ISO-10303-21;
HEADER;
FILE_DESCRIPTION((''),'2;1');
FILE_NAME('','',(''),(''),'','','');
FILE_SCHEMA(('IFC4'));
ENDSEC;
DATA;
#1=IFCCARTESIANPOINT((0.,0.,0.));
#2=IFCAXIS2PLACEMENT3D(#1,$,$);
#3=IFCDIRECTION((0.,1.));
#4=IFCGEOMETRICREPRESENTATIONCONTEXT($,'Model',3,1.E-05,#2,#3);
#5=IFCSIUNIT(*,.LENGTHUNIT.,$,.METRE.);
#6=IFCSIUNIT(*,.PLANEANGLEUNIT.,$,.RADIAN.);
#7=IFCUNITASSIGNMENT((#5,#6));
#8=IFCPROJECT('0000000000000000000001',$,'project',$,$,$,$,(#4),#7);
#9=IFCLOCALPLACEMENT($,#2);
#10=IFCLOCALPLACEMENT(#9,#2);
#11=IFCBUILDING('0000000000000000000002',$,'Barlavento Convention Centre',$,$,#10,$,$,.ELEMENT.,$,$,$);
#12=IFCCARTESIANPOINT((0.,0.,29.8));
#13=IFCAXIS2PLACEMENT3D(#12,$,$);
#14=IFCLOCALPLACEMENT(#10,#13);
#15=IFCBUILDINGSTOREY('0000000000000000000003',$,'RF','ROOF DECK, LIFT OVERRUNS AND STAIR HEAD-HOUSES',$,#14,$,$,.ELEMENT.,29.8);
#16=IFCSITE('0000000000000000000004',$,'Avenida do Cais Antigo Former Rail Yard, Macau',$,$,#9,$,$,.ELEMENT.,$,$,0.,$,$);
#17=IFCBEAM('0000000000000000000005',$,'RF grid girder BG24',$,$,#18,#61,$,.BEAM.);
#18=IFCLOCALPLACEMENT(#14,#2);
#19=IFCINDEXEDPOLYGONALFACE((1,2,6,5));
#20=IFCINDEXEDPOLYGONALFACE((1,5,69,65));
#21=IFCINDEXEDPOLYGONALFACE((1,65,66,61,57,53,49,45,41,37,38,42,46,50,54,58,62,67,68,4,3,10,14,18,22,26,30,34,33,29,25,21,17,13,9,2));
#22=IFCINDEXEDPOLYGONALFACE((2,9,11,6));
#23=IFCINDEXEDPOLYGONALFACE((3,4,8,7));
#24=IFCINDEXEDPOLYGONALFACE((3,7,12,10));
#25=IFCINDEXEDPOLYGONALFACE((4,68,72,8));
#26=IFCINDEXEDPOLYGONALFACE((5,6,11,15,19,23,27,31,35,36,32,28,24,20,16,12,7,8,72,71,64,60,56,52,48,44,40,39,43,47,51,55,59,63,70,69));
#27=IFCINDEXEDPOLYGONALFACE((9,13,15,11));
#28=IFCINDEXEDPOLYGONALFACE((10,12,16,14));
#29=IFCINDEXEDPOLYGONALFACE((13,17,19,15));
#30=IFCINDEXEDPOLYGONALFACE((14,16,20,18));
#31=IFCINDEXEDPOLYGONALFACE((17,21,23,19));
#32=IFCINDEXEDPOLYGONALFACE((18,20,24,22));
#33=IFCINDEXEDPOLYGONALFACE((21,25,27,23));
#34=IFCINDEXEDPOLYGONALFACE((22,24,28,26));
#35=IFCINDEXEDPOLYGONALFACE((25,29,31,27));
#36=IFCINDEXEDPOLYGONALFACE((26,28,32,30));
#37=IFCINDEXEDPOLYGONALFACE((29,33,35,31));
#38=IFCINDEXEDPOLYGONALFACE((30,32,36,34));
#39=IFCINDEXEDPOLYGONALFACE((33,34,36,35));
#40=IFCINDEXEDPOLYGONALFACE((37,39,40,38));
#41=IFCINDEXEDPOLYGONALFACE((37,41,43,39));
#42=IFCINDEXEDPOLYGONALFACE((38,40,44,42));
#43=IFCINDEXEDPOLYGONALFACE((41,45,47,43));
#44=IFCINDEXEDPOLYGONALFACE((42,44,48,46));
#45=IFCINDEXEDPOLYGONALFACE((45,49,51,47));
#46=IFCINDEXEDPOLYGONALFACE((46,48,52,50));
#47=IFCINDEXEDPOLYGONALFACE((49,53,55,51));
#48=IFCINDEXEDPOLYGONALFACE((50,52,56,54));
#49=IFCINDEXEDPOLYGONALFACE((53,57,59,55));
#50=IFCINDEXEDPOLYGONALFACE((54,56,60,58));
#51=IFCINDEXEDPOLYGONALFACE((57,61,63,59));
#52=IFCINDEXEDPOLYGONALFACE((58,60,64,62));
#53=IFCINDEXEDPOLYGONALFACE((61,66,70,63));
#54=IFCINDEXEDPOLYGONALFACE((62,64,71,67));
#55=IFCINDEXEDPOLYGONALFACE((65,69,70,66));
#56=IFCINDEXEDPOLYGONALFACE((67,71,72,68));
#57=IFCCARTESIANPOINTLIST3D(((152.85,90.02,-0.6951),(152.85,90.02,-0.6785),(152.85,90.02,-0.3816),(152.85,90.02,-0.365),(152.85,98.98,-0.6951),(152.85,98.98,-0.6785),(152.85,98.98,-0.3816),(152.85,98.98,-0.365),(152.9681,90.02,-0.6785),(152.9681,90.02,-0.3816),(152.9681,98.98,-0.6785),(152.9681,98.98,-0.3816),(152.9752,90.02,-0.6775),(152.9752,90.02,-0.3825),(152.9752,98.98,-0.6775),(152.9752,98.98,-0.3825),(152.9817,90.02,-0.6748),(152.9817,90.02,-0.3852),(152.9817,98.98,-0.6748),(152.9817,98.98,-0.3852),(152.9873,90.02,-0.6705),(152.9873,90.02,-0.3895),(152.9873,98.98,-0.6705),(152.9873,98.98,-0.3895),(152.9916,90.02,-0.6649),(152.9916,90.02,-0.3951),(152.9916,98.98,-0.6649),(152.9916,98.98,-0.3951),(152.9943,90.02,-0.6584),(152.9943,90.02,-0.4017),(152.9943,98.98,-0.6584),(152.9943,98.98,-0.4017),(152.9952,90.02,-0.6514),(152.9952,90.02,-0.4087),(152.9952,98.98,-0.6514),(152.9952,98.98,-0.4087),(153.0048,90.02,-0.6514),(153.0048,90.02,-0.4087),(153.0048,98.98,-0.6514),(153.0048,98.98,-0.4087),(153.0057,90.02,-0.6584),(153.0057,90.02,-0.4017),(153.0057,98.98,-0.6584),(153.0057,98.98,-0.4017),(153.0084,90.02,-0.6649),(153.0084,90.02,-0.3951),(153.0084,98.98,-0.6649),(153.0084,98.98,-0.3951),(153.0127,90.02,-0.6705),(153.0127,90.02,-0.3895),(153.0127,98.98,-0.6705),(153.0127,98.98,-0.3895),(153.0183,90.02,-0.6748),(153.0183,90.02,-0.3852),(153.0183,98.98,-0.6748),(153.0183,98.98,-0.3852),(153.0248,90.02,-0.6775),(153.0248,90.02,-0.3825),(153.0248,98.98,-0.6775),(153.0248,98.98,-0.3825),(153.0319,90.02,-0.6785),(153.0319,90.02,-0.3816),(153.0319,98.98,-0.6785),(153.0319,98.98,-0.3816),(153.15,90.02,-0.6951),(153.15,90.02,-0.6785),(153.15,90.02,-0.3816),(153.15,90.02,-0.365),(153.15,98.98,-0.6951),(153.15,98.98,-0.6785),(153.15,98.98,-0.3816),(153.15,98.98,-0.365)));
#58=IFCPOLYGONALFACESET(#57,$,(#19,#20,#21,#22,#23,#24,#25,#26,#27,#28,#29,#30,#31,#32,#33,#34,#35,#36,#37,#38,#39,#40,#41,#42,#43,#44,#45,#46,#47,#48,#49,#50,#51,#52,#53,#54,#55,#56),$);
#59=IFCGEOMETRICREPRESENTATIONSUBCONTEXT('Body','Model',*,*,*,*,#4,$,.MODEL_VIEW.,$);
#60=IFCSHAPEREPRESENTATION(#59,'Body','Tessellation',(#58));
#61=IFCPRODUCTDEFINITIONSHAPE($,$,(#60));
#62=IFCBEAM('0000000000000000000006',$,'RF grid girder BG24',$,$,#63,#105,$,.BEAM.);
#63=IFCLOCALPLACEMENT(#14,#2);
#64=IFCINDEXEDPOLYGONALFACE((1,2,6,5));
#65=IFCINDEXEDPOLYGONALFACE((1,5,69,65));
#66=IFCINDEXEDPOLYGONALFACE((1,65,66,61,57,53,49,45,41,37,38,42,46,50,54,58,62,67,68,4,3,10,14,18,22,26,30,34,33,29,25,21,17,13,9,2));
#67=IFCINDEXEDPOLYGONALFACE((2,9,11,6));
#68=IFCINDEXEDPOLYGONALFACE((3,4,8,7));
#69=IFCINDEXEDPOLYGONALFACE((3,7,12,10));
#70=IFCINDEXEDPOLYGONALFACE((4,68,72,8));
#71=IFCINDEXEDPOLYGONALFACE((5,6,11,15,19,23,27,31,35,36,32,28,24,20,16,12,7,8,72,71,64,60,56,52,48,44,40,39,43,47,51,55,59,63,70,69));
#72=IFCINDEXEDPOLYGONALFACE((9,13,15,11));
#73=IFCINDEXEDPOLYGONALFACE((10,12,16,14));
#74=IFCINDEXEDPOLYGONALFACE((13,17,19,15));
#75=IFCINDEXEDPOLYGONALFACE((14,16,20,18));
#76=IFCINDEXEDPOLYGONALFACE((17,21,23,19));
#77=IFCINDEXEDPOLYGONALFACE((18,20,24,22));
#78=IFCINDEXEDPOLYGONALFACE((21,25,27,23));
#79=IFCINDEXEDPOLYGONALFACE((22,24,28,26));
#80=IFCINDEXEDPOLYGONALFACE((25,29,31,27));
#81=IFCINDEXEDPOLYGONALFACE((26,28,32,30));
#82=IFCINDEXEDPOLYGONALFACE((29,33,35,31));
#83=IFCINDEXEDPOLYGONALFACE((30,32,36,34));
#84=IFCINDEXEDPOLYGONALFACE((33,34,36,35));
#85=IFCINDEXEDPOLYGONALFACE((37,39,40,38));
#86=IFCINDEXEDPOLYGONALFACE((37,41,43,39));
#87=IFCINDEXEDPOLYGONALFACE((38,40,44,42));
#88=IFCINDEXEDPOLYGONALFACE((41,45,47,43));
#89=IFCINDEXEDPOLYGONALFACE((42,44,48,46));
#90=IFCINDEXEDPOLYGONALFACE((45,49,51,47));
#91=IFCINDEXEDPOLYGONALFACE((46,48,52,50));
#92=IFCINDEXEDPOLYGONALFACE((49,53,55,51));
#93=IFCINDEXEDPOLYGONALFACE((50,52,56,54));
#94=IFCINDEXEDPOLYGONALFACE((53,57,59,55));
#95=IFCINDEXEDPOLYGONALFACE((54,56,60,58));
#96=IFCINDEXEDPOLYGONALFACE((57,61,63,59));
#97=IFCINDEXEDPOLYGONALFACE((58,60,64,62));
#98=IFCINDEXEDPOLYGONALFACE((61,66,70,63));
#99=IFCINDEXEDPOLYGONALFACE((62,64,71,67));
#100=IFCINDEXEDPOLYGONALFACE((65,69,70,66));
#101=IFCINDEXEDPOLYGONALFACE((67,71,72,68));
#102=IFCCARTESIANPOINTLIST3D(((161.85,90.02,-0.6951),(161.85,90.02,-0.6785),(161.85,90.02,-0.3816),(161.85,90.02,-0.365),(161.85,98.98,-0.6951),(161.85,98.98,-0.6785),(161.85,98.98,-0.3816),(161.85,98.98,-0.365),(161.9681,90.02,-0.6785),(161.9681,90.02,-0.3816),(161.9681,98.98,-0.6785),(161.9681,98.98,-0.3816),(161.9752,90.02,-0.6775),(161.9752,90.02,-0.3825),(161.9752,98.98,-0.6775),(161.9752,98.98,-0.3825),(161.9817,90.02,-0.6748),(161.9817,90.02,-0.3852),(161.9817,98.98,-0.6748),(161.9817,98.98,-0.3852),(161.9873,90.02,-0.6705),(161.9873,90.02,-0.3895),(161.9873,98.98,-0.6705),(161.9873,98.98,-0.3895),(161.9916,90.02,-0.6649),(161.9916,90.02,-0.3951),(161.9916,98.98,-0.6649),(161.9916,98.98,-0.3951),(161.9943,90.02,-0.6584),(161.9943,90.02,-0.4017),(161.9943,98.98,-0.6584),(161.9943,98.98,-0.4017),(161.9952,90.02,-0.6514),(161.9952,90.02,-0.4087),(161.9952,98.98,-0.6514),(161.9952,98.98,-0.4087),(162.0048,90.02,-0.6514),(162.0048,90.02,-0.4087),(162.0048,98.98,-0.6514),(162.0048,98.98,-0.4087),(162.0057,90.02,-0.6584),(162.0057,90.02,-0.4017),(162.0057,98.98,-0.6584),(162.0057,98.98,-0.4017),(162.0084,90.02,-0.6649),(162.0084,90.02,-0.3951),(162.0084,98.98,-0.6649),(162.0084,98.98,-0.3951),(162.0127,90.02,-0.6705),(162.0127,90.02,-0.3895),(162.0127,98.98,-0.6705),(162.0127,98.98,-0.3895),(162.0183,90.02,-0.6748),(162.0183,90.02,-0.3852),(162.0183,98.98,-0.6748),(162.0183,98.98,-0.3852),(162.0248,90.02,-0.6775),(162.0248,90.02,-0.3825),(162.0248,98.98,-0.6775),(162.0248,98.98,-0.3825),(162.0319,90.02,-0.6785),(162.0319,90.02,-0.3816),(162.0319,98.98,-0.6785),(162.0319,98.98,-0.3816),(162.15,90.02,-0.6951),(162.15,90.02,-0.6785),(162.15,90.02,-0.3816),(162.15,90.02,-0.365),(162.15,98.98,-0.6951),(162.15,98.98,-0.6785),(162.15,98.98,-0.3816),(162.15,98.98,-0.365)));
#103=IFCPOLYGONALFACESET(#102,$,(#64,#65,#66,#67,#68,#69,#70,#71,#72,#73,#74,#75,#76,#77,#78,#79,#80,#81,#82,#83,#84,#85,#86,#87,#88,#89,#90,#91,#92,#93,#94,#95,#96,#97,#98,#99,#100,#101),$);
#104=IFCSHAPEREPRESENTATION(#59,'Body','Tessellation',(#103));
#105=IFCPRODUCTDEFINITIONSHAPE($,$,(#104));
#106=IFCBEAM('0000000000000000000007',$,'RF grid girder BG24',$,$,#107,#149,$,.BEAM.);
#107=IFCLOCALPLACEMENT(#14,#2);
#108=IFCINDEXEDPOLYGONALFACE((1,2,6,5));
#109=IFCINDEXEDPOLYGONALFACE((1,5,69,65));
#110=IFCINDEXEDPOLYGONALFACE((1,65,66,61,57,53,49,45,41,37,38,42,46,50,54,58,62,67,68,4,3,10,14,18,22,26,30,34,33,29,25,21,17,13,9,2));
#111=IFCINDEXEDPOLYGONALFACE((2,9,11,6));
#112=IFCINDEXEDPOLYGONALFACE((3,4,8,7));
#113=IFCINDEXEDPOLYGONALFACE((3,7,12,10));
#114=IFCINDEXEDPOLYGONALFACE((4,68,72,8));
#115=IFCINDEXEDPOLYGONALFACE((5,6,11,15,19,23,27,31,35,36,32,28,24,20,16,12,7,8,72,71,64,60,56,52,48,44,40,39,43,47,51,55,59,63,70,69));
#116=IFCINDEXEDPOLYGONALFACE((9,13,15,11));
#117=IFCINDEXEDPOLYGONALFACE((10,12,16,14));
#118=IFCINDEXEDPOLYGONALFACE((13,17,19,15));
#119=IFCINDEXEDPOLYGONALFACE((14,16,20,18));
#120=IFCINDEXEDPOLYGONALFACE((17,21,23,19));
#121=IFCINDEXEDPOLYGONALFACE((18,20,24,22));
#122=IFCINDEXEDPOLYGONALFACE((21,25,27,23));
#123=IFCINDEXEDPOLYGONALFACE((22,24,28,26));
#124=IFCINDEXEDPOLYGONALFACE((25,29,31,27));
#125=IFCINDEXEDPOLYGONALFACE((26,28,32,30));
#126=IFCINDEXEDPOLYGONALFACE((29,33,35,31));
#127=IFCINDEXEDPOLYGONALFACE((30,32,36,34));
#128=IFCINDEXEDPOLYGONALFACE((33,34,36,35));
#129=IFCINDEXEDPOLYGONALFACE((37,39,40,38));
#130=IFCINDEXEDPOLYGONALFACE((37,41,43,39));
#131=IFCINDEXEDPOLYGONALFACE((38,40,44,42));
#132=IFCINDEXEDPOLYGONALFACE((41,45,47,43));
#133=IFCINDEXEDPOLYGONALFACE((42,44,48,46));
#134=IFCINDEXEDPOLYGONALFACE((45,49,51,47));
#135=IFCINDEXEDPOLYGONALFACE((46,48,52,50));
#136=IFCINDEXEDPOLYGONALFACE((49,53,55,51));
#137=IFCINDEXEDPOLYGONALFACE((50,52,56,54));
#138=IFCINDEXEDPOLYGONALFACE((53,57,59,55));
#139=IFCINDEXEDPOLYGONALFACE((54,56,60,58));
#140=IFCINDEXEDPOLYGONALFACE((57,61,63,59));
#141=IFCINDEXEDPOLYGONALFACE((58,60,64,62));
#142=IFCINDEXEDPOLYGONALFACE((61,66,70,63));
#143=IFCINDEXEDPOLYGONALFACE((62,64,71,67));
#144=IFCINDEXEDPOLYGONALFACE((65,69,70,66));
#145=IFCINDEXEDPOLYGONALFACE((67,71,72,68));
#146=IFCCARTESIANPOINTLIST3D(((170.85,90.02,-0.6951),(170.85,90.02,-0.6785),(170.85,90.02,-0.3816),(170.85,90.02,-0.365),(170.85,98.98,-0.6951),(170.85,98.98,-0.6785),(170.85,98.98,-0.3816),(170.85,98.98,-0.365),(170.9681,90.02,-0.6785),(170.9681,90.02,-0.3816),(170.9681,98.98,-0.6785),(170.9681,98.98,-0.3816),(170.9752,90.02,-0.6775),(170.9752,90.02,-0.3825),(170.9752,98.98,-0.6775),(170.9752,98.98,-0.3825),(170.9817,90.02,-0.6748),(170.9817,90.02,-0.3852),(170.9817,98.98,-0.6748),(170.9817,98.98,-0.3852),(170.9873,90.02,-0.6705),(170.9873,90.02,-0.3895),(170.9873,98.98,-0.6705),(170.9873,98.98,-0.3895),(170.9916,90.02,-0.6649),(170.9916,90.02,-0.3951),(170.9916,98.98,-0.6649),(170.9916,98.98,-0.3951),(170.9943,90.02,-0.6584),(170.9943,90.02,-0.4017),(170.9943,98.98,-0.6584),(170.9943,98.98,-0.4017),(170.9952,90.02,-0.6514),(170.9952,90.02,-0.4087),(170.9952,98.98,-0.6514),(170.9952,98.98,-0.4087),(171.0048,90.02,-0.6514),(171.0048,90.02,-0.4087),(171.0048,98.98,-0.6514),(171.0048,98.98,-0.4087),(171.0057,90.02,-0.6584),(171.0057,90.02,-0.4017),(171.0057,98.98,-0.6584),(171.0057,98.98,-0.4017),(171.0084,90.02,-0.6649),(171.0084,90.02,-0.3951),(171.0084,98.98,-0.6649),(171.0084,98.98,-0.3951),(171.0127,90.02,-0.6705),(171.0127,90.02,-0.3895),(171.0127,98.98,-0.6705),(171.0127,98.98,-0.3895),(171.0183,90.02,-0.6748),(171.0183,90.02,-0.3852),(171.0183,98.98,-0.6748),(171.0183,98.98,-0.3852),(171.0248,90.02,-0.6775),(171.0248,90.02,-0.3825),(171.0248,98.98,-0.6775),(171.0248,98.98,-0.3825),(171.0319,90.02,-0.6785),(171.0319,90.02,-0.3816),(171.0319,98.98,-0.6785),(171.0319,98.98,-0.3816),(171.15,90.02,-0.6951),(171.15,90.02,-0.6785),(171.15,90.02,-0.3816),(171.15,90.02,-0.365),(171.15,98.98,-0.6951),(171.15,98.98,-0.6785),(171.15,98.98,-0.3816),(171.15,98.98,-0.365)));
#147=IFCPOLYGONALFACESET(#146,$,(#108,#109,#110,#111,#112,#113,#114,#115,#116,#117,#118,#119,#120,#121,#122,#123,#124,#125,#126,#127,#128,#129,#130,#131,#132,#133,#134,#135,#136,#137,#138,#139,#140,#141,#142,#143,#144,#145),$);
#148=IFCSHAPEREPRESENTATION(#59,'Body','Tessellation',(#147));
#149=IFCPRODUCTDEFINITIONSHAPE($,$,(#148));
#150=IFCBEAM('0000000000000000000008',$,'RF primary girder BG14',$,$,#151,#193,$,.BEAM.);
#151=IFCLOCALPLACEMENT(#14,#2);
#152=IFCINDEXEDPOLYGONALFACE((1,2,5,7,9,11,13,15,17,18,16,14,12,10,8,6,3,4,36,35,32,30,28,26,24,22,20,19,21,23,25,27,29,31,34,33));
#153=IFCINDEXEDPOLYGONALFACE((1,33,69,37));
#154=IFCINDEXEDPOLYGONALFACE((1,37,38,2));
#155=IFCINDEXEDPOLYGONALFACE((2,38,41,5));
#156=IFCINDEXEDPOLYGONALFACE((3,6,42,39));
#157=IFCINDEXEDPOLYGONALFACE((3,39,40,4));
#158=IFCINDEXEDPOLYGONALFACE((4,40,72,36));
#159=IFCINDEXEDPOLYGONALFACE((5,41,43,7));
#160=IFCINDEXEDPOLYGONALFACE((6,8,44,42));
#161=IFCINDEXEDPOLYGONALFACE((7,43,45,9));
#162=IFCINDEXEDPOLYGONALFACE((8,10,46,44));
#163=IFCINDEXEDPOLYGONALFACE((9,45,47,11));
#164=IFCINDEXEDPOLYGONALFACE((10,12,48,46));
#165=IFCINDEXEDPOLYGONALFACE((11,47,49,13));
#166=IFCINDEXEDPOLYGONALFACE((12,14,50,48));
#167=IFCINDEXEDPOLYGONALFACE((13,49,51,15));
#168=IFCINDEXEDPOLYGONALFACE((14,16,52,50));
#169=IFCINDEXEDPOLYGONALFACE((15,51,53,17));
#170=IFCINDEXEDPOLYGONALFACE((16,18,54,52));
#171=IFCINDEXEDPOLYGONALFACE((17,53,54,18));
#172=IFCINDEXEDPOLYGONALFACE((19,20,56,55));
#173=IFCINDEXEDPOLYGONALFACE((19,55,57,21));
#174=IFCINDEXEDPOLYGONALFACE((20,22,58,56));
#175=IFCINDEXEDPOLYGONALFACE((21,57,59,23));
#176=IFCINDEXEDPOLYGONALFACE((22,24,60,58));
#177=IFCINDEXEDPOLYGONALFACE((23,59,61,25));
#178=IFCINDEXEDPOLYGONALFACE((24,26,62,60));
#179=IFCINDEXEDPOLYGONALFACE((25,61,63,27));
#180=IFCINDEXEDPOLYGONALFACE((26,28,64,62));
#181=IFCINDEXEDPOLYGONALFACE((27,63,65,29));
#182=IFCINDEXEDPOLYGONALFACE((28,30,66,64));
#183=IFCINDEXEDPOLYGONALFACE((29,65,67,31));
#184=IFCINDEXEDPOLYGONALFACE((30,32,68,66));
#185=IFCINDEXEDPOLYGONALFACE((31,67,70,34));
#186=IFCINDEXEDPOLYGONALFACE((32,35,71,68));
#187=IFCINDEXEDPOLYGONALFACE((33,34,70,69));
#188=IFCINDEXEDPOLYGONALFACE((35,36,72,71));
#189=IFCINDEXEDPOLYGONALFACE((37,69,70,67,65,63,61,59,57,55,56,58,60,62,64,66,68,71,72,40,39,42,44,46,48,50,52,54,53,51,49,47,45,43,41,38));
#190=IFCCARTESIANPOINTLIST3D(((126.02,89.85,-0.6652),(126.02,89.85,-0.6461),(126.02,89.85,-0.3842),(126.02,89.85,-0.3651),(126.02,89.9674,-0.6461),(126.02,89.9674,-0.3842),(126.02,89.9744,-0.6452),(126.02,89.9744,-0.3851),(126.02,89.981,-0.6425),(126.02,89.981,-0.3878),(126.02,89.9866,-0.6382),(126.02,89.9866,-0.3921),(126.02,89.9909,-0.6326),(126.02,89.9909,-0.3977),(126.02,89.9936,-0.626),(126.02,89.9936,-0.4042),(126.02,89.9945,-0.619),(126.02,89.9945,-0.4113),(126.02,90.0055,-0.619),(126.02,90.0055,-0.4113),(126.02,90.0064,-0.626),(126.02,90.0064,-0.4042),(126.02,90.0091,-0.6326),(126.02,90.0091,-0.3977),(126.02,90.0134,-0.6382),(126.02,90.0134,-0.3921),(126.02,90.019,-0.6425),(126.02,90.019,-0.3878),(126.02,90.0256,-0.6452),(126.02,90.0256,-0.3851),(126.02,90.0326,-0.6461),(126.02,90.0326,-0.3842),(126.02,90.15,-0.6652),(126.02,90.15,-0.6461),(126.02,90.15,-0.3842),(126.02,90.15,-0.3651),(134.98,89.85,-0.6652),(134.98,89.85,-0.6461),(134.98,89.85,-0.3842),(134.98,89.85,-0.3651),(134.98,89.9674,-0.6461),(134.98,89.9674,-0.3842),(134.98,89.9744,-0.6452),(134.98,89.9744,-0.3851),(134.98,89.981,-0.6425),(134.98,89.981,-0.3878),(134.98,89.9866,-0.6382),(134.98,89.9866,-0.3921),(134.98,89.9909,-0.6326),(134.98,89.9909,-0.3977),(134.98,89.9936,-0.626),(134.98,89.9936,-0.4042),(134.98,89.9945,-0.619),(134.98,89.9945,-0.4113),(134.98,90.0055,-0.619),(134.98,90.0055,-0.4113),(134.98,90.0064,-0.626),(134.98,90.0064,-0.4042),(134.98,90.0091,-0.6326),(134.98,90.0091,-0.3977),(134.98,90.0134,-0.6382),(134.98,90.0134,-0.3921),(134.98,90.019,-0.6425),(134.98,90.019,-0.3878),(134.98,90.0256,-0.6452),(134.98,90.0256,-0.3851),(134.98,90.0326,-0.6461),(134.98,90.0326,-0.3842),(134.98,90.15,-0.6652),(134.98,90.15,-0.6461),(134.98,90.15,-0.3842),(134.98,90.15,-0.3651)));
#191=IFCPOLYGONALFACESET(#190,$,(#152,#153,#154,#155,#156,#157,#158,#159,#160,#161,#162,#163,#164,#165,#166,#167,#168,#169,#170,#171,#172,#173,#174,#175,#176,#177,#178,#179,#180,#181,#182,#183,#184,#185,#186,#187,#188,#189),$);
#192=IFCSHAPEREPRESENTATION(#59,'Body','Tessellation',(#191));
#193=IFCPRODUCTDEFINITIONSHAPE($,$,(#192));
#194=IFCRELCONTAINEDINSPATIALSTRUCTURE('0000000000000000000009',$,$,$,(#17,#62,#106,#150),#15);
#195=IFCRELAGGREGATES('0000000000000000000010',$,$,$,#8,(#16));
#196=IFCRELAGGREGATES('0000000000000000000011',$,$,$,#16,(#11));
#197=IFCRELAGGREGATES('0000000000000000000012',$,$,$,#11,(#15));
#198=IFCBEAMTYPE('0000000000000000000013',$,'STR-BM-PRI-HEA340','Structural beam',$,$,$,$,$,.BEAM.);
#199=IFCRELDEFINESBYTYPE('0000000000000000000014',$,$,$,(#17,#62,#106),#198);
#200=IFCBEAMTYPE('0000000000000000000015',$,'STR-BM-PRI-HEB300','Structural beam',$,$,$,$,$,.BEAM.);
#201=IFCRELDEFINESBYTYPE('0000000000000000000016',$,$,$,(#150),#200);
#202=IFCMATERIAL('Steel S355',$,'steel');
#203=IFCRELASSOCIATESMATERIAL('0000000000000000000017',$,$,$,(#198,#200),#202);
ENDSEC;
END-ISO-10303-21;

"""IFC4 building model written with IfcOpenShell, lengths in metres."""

from ifc_helpers import new_model, si_unit, direction, frame, origin, origin_2d, place, context, subcontext, project, spatial, i_section, extrude, material, material_profile, profile_set, type_object, element, save


model = new_model("IFC4")

# Units and contexts
model_context = context("Model", 3, precision=1e-05, world=origin(), true_north=direction((0.0, 1.0)))
body_context = subcontext(model_context, "Body", "Model", "MODEL_VIEW")
ifc_project = project(units=[si_unit("LENGTHUNIT", "METRE"), si_unit("PLANEANGLEUNIT", "RADIAN")], contexts=[model_context])

# Site, building, storey
site_placement = place(None, origin())
site = spatial("IfcSite", under=ifc_project, at=site_placement, Name="Avenida do Cais Antigo Former Rail Yard, Macau", CompositionType="ELEMENT", RefElevation=0.0)
building_placement = place(site_placement, origin())
building = spatial("IfcBuilding", under=site, at=building_placement, Name="Barlavento Convention Centre", CompositionType="ELEMENT")
storey_placement = place(building_placement, frame((0.0, 0.0, 29.8)))
storey = spatial("IfcBuildingStorey", under=building, at=storey_placement, Name="RF", Description="ROOF DECK, LIFT OVERRUNS AND STAIR HEAD-HOUSES", CompositionType="ELEMENT", Elevation=29.8)

# Beams
ifc_material_1 = material(Name="Steel S355", Category="steel")
ifc_material_profile_1 = material_profile(ifc_material_1, i_section(OverallWidth=0.3, OverallDepth=0.3301, WebThickness=0.0095, FlangeThickness=0.0166, FilletRadius=0.0271, at=origin_2d()), Name="HEA 340")
ifc_profile_set_1 = profile_set([ifc_material_profile_1], Name="Steel S355")
beam_type_1 = type_object("IfcBeamType", Name="STR-BM-PRI-HEA340", Description="Structural beam", PredefinedType="BEAM", material=ifc_profile_set_1)
for number, where, z_axis, x_axis, name in (
    (1, (153.0, 90.02, -0.53), (0.0, 1.0, 0.0), (-1.0, 0.0, 0.0), "RF grid girder BG24"),
    (2, (162.0, 90.02, -0.53), (0.0, 1.0, 0.0), (-1.0, 0.0, 0.0), "RF grid girder BG24"),
    (3, (171.0, 90.02, -0.53), (0.0, 1.0, 0.0), (-1.0, 0.0, 0.0), "RF grid girder BG24"),
):
    element("IfcBeam", number, at=place(storey_placement, frame(where, z_axis=z_axis, x_axis=x_axis)), inside=storey, type_object=beam_type_1, Name=name, PredefinedType="BEAM", context=body_context, shape_type="SweptSolid", body=[
        extrude(i_section(OverallWidth=0.3, OverallDepth=0.3301, WebThickness=0.0095, FlangeThickness=0.0166, FilletRadius=0.0271, at=origin_2d()), origin(), (0.0, 0.0, 1.0), 8.96),
    ])
ifc_material_profile_2 = material_profile(ifc_material_1, i_section(OverallWidth=0.3, OverallDepth=0.3, WebThickness=0.011, FlangeThickness=0.019, FilletRadius=0.0271, at=origin_2d()), Name="HEB 300")
ifc_profile_set_2 = profile_set([ifc_material_profile_2], Name="Steel S355")
beam_type_2 = type_object("IfcBeamType", Name="STR-BM-PRI-HEB300", Description="Structural beam", PredefinedType="BEAM", material=ifc_profile_set_2)
for number, where, z_axis, x_axis, name in (
    (4, (126.02, 90.0, -0.5151), (1.0, 0.0, 0.0), (0.0, 1.0, 0.0), "RF primary girder BG14"),
):
    element("IfcBeam", number, at=place(storey_placement, frame(where, z_axis=z_axis, x_axis=x_axis)), inside=storey, type_object=beam_type_2, Name=name, PredefinedType="BEAM", context=body_context, shape_type="SweptSolid", body=[
        extrude(i_section(OverallWidth=0.3, OverallDepth=0.3, WebThickness=0.011, FlangeThickness=0.019, FilletRadius=0.0271, at=origin_2d()), origin(), (0.0, 0.0, 1.0), 8.96),
    ])

save(model, "model.ifc")
